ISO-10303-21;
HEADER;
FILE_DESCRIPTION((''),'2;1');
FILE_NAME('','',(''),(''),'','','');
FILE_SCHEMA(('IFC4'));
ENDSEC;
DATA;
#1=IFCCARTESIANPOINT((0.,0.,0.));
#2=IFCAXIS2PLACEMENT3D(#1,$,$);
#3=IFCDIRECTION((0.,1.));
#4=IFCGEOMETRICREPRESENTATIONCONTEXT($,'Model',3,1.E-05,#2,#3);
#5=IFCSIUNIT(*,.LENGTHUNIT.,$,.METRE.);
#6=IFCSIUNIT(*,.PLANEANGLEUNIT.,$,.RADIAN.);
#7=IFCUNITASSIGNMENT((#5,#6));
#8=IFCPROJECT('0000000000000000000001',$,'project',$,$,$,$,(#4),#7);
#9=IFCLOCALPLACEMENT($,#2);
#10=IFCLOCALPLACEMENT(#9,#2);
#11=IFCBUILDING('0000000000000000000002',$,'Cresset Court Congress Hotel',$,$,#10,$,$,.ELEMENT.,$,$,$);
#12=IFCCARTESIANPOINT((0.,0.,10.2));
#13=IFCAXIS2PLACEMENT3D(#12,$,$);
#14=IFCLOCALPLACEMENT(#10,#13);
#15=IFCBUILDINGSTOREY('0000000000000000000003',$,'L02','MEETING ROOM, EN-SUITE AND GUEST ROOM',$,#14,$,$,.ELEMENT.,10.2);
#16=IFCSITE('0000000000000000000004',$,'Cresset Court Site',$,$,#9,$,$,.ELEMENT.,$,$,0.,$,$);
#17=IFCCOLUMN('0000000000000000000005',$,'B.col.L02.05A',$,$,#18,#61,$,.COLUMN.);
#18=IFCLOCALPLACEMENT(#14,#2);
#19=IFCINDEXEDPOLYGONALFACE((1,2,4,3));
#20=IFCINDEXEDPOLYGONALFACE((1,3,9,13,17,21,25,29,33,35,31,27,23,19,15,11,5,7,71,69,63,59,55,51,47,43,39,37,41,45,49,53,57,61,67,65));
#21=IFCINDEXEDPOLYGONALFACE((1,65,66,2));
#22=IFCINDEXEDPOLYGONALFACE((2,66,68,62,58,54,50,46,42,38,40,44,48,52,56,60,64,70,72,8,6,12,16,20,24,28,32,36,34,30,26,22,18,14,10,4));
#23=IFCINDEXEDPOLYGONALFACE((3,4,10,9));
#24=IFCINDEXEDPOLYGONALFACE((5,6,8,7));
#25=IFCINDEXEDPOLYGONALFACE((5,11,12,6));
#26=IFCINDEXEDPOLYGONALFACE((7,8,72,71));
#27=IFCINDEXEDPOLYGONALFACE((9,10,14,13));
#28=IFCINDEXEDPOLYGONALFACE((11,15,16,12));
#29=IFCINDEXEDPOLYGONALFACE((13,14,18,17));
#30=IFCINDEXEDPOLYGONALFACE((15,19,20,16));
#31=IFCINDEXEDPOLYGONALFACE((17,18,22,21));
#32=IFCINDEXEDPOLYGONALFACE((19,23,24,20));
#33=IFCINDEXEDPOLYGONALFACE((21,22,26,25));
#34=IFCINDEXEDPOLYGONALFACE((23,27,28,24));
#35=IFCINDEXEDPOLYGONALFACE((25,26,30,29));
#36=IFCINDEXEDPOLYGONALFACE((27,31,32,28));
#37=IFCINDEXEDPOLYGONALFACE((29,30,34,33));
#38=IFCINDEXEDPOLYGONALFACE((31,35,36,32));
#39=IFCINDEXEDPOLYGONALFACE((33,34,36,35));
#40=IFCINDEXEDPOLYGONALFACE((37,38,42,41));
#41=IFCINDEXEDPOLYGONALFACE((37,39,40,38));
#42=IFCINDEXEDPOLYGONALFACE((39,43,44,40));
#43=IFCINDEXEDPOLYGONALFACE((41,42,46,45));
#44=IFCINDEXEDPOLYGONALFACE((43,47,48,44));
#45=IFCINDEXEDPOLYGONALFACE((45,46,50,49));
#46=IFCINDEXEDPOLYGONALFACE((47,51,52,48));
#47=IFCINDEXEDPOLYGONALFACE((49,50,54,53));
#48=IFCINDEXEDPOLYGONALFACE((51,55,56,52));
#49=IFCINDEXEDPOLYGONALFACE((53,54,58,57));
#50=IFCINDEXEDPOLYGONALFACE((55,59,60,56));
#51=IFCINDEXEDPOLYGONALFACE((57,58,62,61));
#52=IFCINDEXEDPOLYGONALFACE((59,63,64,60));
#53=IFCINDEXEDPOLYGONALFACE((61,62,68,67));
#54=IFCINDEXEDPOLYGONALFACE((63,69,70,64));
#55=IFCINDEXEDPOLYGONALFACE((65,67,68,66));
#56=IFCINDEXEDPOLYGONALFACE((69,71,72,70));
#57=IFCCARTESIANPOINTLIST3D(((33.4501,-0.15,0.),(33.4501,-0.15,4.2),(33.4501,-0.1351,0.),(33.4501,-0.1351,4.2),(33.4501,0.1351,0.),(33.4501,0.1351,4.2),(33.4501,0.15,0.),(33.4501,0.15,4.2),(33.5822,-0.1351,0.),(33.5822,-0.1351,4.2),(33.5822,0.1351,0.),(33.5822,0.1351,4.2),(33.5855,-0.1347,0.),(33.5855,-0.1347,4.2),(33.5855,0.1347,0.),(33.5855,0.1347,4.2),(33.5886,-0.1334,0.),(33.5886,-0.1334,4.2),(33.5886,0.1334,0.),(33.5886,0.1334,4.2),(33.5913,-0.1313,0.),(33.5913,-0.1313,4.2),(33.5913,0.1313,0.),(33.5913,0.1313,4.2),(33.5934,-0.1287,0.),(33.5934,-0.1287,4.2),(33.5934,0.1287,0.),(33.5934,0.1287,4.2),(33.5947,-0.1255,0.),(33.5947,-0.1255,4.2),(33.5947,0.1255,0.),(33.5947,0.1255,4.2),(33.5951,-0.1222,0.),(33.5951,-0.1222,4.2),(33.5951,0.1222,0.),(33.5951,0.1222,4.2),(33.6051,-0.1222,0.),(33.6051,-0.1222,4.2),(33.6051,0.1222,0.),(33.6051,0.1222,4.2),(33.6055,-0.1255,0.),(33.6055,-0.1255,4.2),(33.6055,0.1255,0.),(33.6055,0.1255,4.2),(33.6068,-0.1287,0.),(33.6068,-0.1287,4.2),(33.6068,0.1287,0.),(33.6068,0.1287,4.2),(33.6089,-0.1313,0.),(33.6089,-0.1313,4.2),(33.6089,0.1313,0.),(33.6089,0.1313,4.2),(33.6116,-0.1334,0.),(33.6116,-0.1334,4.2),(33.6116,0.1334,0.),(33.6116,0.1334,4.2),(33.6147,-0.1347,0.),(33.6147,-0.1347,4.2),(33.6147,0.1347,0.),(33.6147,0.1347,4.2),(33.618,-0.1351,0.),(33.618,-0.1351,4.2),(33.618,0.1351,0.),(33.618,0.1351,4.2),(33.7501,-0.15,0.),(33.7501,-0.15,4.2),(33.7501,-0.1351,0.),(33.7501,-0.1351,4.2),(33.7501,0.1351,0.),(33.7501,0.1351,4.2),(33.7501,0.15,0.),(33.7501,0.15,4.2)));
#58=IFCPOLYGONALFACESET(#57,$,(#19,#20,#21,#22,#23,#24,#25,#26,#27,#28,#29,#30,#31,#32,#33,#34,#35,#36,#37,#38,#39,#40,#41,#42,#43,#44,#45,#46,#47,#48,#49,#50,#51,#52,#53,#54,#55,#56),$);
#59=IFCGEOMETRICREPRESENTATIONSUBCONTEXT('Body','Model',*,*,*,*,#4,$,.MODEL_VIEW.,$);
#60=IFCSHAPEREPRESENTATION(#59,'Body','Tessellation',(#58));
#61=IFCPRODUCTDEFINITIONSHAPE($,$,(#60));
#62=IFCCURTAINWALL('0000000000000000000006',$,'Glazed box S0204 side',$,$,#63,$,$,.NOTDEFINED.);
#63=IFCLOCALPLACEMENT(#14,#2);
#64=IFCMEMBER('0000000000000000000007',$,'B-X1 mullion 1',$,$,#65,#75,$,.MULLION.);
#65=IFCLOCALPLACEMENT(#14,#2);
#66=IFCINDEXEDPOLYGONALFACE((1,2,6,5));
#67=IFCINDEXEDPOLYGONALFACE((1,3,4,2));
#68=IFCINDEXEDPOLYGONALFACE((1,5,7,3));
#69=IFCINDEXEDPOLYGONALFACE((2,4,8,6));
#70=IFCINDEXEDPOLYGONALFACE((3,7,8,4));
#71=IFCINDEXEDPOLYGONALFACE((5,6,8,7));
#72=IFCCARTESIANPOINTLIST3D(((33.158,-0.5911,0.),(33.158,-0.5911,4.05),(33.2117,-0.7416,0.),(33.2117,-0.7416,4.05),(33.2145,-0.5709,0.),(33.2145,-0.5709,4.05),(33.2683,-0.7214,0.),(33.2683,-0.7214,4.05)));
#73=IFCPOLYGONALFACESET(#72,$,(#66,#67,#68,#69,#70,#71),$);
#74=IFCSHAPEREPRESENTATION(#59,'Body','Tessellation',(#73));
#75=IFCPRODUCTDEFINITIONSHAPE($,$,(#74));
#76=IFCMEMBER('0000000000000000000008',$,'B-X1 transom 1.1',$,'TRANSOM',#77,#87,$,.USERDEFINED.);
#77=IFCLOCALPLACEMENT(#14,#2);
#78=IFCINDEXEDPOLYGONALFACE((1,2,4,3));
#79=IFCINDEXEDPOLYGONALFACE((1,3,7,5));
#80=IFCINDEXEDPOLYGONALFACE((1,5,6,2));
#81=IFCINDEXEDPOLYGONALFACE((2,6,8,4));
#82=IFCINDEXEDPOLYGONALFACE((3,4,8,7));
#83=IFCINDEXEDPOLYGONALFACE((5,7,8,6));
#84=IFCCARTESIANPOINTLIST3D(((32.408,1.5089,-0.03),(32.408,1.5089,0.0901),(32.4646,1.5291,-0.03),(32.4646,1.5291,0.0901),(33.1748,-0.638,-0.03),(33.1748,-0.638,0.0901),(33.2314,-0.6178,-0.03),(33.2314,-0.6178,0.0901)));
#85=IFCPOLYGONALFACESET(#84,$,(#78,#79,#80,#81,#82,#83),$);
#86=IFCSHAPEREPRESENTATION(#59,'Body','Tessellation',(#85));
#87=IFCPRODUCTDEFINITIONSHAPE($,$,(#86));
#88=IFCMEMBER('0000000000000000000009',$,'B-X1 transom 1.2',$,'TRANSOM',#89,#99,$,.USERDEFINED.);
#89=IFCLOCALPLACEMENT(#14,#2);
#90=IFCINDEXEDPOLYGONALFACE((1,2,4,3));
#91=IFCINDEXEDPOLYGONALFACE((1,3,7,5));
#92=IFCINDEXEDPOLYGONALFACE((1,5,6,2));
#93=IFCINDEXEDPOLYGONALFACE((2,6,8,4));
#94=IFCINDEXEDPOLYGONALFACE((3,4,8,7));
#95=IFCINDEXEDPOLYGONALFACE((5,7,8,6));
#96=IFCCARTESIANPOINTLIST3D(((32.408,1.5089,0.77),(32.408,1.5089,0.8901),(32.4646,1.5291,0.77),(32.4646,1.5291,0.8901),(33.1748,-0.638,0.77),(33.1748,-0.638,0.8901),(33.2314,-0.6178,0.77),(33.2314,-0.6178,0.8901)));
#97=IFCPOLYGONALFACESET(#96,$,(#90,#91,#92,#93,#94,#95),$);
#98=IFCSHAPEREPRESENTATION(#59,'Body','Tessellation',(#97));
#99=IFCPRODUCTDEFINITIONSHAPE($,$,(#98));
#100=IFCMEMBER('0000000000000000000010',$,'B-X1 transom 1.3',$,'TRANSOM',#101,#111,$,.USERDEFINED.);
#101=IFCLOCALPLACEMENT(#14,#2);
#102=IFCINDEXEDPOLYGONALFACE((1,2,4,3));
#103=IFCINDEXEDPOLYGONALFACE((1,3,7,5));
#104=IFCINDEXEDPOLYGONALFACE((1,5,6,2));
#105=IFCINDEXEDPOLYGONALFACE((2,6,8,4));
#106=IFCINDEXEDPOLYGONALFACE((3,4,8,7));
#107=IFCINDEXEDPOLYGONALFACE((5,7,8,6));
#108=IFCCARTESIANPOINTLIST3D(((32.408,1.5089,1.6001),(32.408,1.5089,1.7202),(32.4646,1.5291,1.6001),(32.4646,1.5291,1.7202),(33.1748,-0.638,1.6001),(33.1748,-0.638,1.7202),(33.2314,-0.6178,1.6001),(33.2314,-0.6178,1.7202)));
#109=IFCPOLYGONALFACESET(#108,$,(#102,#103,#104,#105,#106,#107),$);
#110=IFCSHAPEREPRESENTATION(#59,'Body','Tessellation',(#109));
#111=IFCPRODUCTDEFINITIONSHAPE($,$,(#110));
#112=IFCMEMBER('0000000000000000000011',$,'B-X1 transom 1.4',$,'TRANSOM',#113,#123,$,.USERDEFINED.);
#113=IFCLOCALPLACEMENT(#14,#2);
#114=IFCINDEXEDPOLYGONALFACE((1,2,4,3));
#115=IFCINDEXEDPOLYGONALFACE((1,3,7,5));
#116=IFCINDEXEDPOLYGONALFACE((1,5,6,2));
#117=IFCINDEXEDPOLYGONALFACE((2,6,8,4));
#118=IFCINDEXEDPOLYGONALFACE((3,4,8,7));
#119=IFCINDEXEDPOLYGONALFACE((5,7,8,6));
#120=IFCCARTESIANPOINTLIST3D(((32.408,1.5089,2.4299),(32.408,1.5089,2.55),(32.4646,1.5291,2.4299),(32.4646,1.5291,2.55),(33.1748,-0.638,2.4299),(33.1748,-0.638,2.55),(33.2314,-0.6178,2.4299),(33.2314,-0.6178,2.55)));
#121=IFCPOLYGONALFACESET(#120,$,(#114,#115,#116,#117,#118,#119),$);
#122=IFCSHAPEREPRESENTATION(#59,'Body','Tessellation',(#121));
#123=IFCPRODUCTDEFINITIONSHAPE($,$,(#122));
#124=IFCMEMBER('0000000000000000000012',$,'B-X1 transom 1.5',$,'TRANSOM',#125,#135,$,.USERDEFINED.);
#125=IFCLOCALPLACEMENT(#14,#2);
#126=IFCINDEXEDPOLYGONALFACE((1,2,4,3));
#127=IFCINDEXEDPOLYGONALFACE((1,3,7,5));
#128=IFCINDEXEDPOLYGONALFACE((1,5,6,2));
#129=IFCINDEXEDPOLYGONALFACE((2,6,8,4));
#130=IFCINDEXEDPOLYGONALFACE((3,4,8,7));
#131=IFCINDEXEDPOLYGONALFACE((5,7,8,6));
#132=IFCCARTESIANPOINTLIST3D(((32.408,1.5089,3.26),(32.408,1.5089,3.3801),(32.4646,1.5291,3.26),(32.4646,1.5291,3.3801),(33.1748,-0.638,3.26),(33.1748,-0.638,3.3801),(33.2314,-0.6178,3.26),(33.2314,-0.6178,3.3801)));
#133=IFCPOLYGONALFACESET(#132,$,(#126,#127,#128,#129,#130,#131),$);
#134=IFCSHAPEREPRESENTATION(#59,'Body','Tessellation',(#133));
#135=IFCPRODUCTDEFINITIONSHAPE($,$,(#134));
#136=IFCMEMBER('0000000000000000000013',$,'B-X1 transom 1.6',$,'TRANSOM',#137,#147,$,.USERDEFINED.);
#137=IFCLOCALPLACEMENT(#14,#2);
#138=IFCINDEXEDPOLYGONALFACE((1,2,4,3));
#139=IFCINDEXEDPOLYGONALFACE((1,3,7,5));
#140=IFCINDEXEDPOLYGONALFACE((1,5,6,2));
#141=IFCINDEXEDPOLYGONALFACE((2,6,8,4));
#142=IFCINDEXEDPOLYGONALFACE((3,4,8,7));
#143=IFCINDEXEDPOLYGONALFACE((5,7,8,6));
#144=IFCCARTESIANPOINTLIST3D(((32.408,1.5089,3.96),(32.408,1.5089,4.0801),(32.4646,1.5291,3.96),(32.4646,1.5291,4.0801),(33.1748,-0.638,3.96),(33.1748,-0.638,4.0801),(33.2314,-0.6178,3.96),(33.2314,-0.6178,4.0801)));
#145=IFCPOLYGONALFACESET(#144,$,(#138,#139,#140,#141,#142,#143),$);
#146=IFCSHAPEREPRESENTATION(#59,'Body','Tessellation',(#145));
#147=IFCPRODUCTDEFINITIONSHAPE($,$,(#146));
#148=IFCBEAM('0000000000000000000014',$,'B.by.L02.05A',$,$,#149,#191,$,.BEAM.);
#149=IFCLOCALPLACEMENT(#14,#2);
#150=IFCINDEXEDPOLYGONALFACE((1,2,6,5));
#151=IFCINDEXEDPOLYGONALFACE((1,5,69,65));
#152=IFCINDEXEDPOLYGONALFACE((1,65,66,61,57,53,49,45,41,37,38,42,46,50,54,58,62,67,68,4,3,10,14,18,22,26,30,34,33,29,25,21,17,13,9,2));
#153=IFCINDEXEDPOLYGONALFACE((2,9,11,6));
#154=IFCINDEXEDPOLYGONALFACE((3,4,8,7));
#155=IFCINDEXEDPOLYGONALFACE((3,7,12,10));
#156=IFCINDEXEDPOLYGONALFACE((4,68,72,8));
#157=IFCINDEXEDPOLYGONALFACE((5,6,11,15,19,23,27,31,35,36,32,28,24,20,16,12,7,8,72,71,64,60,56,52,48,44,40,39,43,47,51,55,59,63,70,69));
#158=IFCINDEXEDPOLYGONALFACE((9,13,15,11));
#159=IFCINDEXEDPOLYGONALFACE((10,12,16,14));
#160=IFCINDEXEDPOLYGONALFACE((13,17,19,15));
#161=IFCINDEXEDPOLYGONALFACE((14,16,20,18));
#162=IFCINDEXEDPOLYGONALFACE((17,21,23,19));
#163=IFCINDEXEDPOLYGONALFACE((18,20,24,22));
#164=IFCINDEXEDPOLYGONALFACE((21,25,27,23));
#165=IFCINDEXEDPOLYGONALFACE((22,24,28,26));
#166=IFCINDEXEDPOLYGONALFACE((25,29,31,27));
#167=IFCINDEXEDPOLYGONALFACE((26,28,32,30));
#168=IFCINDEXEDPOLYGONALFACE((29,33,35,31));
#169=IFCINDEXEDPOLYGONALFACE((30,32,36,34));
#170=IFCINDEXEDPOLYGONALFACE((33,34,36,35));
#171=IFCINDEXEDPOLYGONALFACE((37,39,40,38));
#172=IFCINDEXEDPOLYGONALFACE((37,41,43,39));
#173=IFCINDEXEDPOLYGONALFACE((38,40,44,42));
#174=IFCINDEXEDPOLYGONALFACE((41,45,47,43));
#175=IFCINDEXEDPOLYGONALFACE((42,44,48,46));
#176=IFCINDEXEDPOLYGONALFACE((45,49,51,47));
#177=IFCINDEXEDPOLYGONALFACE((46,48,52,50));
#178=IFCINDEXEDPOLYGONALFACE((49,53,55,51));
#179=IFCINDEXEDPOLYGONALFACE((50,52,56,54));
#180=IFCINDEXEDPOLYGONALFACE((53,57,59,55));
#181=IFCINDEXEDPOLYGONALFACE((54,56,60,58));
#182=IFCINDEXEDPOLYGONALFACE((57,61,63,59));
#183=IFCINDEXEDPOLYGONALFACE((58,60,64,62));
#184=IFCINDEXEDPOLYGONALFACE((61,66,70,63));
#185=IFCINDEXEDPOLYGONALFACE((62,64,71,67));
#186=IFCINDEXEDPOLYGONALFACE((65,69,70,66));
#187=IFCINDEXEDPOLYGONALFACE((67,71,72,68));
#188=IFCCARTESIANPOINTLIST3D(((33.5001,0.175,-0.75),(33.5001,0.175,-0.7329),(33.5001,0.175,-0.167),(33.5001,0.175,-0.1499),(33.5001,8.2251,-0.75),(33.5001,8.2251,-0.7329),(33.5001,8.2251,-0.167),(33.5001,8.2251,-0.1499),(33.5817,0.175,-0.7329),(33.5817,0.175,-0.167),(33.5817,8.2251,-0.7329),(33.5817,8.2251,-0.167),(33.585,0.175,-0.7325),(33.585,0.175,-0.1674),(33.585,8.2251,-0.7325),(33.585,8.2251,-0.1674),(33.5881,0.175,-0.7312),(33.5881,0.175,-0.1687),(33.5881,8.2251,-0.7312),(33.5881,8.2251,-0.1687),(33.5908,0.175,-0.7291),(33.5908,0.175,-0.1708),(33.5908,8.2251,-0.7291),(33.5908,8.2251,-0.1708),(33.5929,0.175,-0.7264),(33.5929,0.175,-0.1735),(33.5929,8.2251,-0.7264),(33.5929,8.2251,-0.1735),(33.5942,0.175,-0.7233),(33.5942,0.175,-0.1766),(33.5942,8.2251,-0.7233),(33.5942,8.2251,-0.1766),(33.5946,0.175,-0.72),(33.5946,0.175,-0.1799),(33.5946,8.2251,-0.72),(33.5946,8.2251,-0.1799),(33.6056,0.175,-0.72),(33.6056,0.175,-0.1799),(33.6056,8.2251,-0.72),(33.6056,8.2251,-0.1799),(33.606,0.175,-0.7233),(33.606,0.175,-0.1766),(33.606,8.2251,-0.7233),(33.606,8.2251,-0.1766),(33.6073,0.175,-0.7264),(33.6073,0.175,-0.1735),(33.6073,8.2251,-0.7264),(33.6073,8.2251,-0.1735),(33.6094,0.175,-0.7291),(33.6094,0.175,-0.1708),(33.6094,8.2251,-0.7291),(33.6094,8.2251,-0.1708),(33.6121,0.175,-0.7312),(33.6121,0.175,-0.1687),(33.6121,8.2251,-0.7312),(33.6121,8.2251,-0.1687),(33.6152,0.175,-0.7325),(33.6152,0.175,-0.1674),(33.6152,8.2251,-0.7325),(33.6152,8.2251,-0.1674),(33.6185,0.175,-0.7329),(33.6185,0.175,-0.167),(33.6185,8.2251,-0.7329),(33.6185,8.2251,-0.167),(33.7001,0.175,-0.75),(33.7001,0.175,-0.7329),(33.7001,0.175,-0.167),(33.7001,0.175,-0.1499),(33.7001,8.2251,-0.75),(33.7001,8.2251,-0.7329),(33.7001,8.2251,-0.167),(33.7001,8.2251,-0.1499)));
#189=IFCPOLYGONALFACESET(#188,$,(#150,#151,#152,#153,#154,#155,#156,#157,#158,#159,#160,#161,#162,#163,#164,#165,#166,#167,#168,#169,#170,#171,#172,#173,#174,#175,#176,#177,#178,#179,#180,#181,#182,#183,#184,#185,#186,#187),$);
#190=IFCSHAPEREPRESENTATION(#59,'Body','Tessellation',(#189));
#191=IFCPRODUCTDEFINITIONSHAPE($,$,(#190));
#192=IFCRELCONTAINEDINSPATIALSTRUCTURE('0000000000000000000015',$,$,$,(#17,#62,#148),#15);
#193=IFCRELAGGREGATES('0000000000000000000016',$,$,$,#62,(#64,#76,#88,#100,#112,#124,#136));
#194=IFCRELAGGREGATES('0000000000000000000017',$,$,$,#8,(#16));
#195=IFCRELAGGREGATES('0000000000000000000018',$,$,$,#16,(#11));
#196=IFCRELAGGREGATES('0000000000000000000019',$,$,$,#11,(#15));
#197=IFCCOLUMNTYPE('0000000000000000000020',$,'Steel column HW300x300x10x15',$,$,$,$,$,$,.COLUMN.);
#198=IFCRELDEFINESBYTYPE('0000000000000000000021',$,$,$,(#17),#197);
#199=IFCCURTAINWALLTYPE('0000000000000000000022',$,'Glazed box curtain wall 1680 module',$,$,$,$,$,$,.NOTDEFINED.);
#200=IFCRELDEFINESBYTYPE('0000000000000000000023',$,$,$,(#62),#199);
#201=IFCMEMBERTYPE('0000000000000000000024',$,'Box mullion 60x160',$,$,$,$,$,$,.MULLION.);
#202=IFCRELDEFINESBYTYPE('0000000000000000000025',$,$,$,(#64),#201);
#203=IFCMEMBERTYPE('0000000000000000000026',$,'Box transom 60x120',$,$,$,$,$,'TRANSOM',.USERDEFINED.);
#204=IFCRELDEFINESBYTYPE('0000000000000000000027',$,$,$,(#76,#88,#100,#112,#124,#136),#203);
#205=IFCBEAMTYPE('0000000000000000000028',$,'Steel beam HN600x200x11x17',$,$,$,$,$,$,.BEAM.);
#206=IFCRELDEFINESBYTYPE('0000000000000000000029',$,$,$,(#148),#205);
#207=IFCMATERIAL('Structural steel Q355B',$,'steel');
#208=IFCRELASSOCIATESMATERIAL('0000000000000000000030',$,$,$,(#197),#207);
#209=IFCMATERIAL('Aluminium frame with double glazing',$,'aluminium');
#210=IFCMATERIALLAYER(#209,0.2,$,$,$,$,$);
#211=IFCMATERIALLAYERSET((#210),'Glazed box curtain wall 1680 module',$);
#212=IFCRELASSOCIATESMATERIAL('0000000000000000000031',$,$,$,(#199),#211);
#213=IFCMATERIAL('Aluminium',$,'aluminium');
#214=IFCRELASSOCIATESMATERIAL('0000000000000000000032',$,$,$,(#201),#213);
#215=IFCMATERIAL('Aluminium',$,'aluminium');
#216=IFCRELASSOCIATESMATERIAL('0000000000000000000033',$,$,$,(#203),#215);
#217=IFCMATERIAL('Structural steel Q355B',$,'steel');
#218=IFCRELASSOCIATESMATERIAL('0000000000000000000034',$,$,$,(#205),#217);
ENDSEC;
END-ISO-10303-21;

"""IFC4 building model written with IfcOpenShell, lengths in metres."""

from ifc_helpers import new_model, si_unit, direction, frame, origin, origin_2d, place, context, subcontext, project, spatial, rectangle, i_section, extrude, material, layer, layer_set, material_profile, profile_set, type_object, element, aggregate, save


model = new_model("IFC4")

# Units and contexts
model_context = context("Model", 3, precision=1e-05, world=origin(), true_north=direction((0.0, 1.0)))
body_context = subcontext(model_context, "Body", "Model", "MODEL_VIEW")
ifc_project = project(units=[si_unit("LENGTHUNIT", "METRE"), si_unit("PLANEANGLEUNIT", "RADIAN")], contexts=[model_context])

# Site, building, storey
site_placement = place(None, origin())
site = spatial("IfcSite", under=ifc_project, at=site_placement, Name="Cresset Court Site", CompositionType="ELEMENT", RefElevation=0.0)
building_placement = place(site_placement, origin())
building = spatial("IfcBuilding", under=site, at=building_placement, Name="Cresset Court Congress Hotel", CompositionType="ELEMENT")
storey_placement = place(building_placement, frame((0.0, 0.0, 10.2)))
storey = spatial("IfcBuildingStorey", under=building, at=storey_placement, Name="L02", Description="MEETING ROOM, EN-SUITE AND GUEST ROOM", CompositionType="ELEMENT", Elevation=10.2)

# Column
ifc_material_1 = material(Name="Structural steel Q355B", Category="steel")
ifc_material_profile_1 = material_profile(ifc_material_1, i_section(OverallWidth=0.3, OverallDepth=0.3, WebThickness=0.01, FlangeThickness=0.0149, FilletRadius=0.0129, at=origin_2d()), Name="HW300x300x10x15")
ifc_profile_set_1 = profile_set([ifc_material_profile_1], Name="Structural steel Q355B")
column_type = type_object("IfcColumnType", Name="Steel column HW300x300x10x15", PredefinedType="COLUMN", material=ifc_profile_set_1)
column_placement = place(storey_placement, frame((33.6001, 0.0, 0.0), z_axis=(0.0, 0.0, 1.0), x_axis=(1.0, 0.0, 0.0)))
element("IfcColumn", 1, at=column_placement, inside=storey, type_object=column_type, Name="B.col.L02.05A", PredefinedType="COLUMN", context=body_context, shape_type="SweptSolid", body=[
    extrude(i_section(OverallWidth=0.3, OverallDepth=0.3, WebThickness=0.01, FlangeThickness=0.0149, FilletRadius=0.0129, at=origin_2d()), origin(), (0.0, 0.0, 1.0), 4.2),
])

# Curtain wall, members
ifc_material_2 = material(Name="Aluminium frame with double glazing", Category="aluminium")
ifc_layer_1 = layer(ifc_material_2, 0.2)
ifc_layer_set_1 = layer_set([ifc_layer_1], Name="Glazed box curtain wall 1680 module")
curtain_wall_type = type_object("IfcCurtainWallType", Name="Glazed box curtain wall 1680 module", PredefinedType="NOTDEFINED", material=ifc_layer_set_1)
curtain_wall_placement = place(storey_placement, origin())
curtain_wall = element("IfcCurtainWall", 2, at=curtain_wall_placement, inside=storey, type_object=curtain_wall_type, Name="Glazed box S0204 side", PredefinedType="NOTDEFINED")
ifc_material_3 = material(Name="Aluminium", Category="aluminium")
ifc_material_profile_2 = material_profile(ifc_material_3, rectangle(XDim=0.0601, YDim=0.1599, at=origin_2d()), Name="Box mullion 60x160")
ifc_profile_set_2 = profile_set([ifc_material_profile_2], Name="Aluminium")
member_type_1 = type_object("IfcMemberType", Name="Box mullion 60x160", PredefinedType="MULLION", material=ifc_profile_set_2)
member_1_placement = place(storey_placement, frame((33.2131, -0.6562, 0.0), z_axis=(0.0, 0.0, 1.0), x_axis=(-0.941742, -0.336336, 0.0)))
member_1 = element("IfcMember", 3, at=member_1_placement, type_object=member_type_1, Name="B-X1 mullion 1", PredefinedType="MULLION", context=body_context, shape_type="SweptSolid", body=[
    extrude(rectangle(XDim=0.0601, YDim=0.1599, at=origin_2d()), origin(), (0.0, 0.0, 1.0), 4.05),
])
ifc_material_4 = material(Name="Aluminium", Category="aluminium")
ifc_material_profile_3 = material_profile(ifc_material_4, rectangle(XDim=0.0601, YDim=0.1201, at=origin_2d()), Name="Box transom 60x120")
ifc_profile_set_3 = profile_set([ifc_material_profile_3], Name="Aluminium")
member_type_2 = type_object("IfcMemberType", Name="Box transom 60x120", ElementType="TRANSOM", PredefinedType="USERDEFINED", material=ifc_profile_set_3)
member_2_placement = place(storey_placement, frame((33.2031, -0.6279, 0.03), z_axis=(-0.336364, 0.941732, 0.0), x_axis=(-0.941732, -0.336364, 0.0)))
member_2 = element("IfcMember", 4, at=member_2_placement, type_object=member_type_2, Name="B-X1 transom 1.1", ObjectType="TRANSOM", PredefinedType="USERDEFINED", context=body_context, shape_type="SweptSolid", body=[
    extrude(rectangle(XDim=0.0601, YDim=0.1201, at=origin_2d()), origin(), (0.0, 0.0, 1.0), 2.2798),
])
member_3_placement = place(storey_placement, frame((33.2031, -0.6279, 0.8301), z_axis=(-0.336364, 0.941732, 0.0), x_axis=(-0.941732, -0.336364, 0.0)))
member_3 = element("IfcMember", 5, at=member_3_placement, type_object=member_type_2, Name="B-X1 transom 1.2", ObjectType="TRANSOM", PredefinedType="USERDEFINED", context=body_context, shape_type="SweptSolid", body=[
    extrude(rectangle(XDim=0.0601, YDim=0.1201, at=origin_2d()), origin(), (0.0, 0.0, 1.0), 2.2798),
])
member_4_placement = place(storey_placement, frame((33.2031, -0.6279, 1.6602), z_axis=(-0.336364, 0.941732, 0.0), x_axis=(-0.941732, -0.336364, 0.0)))
member_4 = element("IfcMember", 6, at=member_4_placement, type_object=member_type_2, Name="B-X1 transom 1.3", ObjectType="TRANSOM", PredefinedType="USERDEFINED", context=body_context, shape_type="SweptSolid", body=[
    extrude(rectangle(XDim=0.0601, YDim=0.1201, at=origin_2d()), origin(), (0.0, 0.0, 1.0), 2.2798),
])
member_5_placement = place(storey_placement, frame((33.2031, -0.6279, 2.49), z_axis=(-0.336364, 0.941732, 0.0), x_axis=(-0.941732, -0.336364, 0.0)))
member_5 = element("IfcMember", 7, at=member_5_placement, type_object=member_type_2, Name="B-X1 transom 1.4", ObjectType="TRANSOM", PredefinedType="USERDEFINED", context=body_context, shape_type="SweptSolid", body=[
    extrude(rectangle(XDim=0.0601, YDim=0.1201, at=origin_2d()), origin(), (0.0, 0.0, 1.0), 2.2798),
])
member_6_placement = place(storey_placement, frame((33.2031, -0.6279, 3.3201), z_axis=(-0.336364, 0.941732, 0.0), x_axis=(-0.941732, -0.336364, 0.0)))
member_6 = element("IfcMember", 8, at=member_6_placement, type_object=member_type_2, Name="B-X1 transom 1.5", ObjectType="TRANSOM", PredefinedType="USERDEFINED", context=body_context, shape_type="SweptSolid", body=[
    extrude(rectangle(XDim=0.0601, YDim=0.1201, at=origin_2d()), origin(), (0.0, 0.0, 1.0), 2.2798),
])
member_7_placement = place(storey_placement, frame((33.2031, -0.6279, 4.02), z_axis=(-0.336364, 0.941732, 0.0), x_axis=(-0.941732, -0.336364, 0.0)))
member_7 = element("IfcMember", 9, at=member_7_placement, type_object=member_type_2, Name="B-X1 transom 1.6", ObjectType="TRANSOM", PredefinedType="USERDEFINED", context=body_context, shape_type="SweptSolid", body=[
    extrude(rectangle(XDim=0.0601, YDim=0.1201, at=origin_2d()), origin(), (0.0, 0.0, 1.0), 2.2798),
])
aggregate(curtain_wall, [member_1, member_2, member_3, member_4, member_5, member_6, member_7])

# Beam
ifc_material_5 = material(Name="Structural steel Q355B", Category="steel")
ifc_material_profile_4 = material_profile(ifc_material_5, i_section(OverallWidth=0.2, OverallDepth=0.6001, WebThickness=0.011, FlangeThickness=0.0171, FilletRadius=0.0129, at=origin_2d()), Name="HN600x200x11x17")
ifc_profile_set_4 = profile_set([ifc_material_profile_4], Name="Structural steel Q355B")
beam_type_1 = type_object("IfcBeamType", Name="Steel beam HN600x200x11x17", PredefinedType="BEAM", material=ifc_profile_set_4)
beam_1_placement = place(storey_placement, frame((33.6001, 0.175, -0.45), z_axis=(0.0, 1.0, 0.0), x_axis=(-1.0, 0.0, 0.0)))
element("IfcBeam", 10, at=beam_1_placement, inside=storey, type_object=beam_type_1, Name="B.by.L02.05A", PredefinedType="BEAM", context=body_context, shape_type="SweptSolid", body=[
    extrude(i_section(OverallWidth=0.2, OverallDepth=0.6001, WebThickness=0.011, FlangeThickness=0.0171, FilletRadius=0.0129, at=origin_2d()), origin(), (0.0, 0.0, 1.0), 8.05),
])

save(model, "model.ifc")
